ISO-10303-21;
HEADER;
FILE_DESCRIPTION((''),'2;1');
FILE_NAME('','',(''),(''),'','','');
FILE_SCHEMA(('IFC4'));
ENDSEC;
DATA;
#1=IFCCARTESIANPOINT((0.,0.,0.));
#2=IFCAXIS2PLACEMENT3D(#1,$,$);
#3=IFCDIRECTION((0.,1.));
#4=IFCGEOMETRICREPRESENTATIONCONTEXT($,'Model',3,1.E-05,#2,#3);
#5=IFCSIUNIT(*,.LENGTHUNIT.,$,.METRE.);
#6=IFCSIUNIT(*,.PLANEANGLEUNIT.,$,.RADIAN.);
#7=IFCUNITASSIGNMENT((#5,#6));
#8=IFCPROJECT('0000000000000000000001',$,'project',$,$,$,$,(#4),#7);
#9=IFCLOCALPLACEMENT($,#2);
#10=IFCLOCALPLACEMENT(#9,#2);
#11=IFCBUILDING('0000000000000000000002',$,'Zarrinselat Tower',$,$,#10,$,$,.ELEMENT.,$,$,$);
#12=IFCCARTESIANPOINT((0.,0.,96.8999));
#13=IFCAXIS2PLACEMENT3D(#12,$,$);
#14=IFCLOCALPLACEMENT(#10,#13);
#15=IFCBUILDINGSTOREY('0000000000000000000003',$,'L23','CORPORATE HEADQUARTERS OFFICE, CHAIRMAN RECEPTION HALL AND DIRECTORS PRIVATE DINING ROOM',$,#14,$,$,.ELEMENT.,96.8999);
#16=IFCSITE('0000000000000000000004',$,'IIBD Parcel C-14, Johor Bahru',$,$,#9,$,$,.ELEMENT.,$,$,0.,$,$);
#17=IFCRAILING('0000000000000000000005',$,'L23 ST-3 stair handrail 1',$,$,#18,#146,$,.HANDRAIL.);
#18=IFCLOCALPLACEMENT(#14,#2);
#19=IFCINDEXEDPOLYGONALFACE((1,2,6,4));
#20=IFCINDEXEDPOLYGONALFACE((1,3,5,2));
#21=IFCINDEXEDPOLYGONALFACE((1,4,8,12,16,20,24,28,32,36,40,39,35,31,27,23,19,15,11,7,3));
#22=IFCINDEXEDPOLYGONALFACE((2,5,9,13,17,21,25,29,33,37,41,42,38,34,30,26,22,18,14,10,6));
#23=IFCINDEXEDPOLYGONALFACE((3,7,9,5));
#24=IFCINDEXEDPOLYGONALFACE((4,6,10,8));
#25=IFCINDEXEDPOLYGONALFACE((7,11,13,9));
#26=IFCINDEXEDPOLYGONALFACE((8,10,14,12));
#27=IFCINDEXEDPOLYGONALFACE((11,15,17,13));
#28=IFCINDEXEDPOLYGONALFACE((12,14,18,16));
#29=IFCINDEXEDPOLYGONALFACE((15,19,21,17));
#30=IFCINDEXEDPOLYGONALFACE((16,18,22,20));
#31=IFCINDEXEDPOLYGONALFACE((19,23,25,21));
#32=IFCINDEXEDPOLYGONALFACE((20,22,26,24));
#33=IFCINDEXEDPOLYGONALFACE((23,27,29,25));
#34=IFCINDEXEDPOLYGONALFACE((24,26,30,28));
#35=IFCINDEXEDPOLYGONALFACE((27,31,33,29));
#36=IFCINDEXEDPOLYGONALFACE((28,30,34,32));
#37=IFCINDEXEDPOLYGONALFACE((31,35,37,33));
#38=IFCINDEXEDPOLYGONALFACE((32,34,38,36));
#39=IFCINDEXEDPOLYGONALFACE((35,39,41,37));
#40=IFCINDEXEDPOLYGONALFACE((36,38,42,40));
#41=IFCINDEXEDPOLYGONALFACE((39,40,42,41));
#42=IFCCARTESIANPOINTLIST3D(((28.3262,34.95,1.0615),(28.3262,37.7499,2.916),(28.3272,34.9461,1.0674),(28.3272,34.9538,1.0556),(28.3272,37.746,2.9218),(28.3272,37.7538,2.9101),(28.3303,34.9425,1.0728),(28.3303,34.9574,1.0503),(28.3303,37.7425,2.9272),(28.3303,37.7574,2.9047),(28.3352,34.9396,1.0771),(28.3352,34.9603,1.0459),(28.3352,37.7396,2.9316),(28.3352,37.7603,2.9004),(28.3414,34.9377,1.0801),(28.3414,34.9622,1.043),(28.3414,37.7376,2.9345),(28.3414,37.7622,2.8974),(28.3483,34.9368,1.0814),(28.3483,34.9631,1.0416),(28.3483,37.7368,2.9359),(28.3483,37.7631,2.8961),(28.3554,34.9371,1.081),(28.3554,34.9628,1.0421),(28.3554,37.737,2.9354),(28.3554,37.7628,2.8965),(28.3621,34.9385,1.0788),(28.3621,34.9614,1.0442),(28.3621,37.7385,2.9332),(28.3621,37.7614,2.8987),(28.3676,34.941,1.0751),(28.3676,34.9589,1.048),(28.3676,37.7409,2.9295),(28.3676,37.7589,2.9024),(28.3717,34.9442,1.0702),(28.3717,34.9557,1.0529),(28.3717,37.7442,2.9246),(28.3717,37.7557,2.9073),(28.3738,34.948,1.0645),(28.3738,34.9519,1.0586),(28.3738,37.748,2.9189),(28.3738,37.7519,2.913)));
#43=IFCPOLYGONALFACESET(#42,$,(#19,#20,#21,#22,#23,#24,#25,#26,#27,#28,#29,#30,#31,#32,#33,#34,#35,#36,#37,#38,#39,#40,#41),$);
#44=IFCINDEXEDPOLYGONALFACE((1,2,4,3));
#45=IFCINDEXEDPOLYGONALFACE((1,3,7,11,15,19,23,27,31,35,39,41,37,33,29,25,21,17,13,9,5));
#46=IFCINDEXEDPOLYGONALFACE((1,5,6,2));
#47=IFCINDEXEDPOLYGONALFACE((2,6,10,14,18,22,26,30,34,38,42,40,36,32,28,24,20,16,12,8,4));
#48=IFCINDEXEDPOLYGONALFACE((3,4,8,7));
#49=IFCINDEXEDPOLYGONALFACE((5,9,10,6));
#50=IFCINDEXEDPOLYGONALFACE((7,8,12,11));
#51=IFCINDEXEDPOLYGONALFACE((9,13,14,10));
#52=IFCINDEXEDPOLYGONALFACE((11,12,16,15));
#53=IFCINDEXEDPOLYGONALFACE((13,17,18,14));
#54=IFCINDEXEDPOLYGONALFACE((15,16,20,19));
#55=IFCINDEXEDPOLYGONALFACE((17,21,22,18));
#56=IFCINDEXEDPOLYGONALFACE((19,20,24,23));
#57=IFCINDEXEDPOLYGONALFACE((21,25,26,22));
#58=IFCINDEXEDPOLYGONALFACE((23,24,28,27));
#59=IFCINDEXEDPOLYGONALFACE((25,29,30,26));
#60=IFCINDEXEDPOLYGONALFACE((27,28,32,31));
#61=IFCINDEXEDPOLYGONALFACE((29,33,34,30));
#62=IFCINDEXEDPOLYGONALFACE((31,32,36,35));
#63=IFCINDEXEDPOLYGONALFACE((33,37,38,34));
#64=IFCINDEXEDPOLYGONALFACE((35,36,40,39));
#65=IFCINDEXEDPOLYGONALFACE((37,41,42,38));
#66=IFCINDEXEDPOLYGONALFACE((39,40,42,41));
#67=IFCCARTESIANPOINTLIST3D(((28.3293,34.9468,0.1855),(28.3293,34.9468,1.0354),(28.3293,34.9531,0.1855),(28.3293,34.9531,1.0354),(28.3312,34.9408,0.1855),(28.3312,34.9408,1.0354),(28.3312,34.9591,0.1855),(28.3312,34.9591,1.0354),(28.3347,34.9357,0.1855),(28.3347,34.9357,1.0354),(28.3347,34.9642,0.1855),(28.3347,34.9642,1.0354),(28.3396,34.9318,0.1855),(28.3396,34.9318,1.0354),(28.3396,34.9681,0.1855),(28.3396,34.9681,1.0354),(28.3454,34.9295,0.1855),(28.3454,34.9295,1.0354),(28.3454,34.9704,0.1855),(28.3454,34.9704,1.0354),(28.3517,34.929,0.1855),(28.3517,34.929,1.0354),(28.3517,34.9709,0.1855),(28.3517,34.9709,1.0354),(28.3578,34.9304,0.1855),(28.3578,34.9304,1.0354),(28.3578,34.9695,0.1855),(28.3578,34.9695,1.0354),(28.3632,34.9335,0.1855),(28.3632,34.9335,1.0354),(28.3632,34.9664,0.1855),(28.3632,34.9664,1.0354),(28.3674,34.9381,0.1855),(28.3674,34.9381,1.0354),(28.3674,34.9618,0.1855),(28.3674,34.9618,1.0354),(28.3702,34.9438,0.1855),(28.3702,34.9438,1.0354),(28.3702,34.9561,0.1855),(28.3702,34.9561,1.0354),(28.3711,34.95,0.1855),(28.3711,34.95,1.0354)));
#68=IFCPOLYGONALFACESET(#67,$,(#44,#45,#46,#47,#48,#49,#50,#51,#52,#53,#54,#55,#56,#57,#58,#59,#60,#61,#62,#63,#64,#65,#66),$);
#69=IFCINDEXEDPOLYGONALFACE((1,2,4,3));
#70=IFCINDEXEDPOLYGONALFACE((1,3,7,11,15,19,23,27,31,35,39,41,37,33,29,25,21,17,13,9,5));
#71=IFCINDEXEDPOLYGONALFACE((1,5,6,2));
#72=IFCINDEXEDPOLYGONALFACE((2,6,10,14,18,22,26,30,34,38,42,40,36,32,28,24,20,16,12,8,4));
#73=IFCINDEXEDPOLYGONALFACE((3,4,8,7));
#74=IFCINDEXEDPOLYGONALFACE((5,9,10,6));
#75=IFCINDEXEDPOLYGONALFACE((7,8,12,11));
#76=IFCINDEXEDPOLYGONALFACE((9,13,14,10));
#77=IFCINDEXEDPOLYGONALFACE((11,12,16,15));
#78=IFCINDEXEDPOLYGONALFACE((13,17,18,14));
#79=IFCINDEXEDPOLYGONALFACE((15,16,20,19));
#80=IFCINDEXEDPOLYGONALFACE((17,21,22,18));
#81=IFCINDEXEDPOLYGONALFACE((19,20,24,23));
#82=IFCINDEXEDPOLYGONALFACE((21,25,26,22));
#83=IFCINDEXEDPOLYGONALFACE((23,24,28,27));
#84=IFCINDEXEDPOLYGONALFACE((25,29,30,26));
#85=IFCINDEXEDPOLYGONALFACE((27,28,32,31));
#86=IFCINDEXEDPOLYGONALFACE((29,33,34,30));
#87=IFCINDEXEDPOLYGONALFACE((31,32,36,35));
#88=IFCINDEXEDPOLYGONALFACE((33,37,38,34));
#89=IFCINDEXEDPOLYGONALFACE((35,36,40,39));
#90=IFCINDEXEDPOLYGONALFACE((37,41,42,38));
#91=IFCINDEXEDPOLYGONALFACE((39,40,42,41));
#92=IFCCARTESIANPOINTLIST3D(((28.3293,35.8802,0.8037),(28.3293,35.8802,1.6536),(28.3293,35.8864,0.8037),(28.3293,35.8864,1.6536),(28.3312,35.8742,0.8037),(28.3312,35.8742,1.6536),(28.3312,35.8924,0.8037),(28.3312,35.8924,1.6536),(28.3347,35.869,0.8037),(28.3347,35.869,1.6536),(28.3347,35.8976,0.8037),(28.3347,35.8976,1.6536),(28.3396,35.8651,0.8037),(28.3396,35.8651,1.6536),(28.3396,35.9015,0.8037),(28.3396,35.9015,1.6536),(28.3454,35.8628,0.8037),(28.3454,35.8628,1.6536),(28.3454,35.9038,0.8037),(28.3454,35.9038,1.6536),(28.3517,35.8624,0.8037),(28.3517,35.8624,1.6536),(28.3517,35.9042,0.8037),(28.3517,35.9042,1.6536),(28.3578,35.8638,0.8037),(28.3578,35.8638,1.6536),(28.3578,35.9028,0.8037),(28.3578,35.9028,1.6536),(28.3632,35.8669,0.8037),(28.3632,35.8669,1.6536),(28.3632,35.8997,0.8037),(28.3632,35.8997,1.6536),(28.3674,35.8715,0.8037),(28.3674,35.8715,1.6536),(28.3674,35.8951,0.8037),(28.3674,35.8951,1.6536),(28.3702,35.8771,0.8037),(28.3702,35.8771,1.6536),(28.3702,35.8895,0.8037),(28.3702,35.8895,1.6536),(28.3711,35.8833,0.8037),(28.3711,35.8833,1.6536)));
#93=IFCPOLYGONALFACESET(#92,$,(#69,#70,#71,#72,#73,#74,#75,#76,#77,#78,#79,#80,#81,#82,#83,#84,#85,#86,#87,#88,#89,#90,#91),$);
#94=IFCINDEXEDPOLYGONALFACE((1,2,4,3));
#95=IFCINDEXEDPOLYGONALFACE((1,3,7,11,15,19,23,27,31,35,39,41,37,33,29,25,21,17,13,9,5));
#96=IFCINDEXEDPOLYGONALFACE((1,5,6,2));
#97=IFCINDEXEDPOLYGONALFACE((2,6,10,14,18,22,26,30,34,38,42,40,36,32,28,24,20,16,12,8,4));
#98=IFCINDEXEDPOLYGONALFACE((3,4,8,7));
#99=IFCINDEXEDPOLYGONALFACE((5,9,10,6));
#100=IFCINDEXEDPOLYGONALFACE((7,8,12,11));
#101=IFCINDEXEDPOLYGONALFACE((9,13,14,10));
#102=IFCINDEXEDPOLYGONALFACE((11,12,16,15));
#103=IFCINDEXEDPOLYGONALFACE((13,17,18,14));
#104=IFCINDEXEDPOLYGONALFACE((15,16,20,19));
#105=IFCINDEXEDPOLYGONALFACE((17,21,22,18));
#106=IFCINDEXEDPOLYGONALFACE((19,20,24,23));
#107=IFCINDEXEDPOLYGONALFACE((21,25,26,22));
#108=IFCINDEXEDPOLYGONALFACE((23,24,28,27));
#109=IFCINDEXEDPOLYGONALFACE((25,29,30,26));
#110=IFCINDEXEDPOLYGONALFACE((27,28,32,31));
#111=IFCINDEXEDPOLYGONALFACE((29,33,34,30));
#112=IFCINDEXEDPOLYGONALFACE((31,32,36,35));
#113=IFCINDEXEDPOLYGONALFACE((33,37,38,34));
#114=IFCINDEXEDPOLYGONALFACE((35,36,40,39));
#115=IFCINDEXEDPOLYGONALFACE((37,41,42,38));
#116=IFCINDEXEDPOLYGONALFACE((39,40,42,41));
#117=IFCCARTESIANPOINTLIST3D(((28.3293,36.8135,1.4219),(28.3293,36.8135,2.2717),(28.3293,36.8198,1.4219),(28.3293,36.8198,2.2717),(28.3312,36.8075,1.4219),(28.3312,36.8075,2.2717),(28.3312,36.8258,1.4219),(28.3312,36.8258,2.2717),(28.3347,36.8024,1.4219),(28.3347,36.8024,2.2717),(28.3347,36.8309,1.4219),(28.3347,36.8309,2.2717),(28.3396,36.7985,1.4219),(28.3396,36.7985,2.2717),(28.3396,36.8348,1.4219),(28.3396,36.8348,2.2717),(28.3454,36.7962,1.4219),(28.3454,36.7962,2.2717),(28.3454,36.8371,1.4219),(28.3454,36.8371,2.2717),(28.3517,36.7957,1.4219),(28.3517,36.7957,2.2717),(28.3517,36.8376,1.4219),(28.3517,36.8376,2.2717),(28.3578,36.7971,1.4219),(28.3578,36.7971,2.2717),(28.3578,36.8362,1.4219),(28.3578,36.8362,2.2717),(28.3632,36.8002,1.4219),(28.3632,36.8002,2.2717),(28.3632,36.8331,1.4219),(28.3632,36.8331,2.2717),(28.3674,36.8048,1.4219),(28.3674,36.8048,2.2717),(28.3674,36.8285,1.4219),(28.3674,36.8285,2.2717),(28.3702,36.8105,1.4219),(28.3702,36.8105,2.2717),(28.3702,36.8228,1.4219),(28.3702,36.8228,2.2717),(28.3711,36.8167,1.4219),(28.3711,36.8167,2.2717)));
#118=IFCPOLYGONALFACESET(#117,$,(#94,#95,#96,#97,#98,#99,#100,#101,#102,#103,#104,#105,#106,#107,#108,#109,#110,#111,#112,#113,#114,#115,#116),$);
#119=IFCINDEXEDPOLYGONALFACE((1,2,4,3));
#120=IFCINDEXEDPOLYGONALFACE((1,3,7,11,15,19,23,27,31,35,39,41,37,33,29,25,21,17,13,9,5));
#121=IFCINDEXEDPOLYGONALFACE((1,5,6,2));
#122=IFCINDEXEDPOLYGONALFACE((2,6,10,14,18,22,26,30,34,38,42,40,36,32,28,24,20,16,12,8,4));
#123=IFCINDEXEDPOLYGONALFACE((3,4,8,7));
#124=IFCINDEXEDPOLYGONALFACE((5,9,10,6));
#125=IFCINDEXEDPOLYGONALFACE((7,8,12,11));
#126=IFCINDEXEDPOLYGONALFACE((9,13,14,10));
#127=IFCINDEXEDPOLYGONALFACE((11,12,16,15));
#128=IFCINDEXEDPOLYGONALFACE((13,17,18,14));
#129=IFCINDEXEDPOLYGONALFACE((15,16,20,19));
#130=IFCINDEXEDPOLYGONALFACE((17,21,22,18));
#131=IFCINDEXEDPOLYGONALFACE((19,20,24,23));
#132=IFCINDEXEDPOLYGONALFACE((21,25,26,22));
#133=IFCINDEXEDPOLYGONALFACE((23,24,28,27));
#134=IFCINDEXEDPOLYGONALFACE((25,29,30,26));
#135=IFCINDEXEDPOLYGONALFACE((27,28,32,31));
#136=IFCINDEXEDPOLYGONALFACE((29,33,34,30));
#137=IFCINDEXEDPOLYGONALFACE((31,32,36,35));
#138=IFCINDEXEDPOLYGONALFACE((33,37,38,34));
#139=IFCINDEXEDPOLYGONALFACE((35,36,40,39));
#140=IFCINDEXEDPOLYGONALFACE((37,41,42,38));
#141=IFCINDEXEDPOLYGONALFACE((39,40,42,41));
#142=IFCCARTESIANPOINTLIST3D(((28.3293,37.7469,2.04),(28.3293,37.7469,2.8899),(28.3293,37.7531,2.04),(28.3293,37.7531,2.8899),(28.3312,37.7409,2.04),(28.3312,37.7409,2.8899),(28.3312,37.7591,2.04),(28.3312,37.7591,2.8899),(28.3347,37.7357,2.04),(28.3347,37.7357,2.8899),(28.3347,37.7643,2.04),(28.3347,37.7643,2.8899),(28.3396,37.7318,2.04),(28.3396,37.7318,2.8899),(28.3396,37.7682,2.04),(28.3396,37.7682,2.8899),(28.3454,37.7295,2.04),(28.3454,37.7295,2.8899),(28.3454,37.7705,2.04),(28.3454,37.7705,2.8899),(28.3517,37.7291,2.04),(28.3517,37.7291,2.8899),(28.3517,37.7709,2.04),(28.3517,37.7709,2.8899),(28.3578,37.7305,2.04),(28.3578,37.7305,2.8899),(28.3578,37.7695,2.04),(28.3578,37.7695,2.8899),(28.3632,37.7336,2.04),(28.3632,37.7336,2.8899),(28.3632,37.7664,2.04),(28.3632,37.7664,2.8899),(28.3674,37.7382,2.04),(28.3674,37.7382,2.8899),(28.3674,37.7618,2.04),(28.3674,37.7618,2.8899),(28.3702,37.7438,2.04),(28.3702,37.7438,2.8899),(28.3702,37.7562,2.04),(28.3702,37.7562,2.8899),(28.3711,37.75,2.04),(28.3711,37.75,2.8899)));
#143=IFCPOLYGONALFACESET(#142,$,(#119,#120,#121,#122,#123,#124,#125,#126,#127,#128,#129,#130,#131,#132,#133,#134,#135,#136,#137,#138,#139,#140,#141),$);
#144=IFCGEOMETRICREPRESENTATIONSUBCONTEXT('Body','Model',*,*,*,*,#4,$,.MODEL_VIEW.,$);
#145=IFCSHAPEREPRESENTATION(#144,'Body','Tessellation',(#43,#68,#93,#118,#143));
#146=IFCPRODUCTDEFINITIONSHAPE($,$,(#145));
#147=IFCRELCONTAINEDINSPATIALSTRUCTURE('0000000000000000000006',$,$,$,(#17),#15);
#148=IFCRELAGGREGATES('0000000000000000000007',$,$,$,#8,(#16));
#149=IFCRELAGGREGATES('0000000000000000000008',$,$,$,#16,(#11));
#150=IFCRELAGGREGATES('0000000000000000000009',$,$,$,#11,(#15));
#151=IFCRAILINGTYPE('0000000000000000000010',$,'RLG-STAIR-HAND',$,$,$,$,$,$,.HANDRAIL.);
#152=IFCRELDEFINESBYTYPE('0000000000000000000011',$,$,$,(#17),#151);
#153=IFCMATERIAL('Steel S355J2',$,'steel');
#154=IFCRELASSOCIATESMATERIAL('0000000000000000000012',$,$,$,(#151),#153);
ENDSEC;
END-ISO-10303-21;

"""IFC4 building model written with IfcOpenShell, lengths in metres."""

from ifc_helpers import new_model, si_unit, direction, frame, origin, origin_2d, place, context, subcontext, project, spatial, circle, extrude, material, type_object, element, save


model = new_model("IFC4")

# Units and contexts
model_context = context("Model", 3, precision=1e-05, world=origin(), true_north=direction((0.0, 1.0)))
body_context = subcontext(model_context, "Body", "Model", "MODEL_VIEW")
ifc_project = project(units=[si_unit("LENGTHUNIT", "METRE"), si_unit("PLANEANGLEUNIT", "RADIAN")], contexts=[model_context])

# Site, building, storey
site_placement = place(None, origin())
site = spatial("IfcSite", under=ifc_project, at=site_placement, Name="IIBD Parcel C-14, Johor Bahru", CompositionType="ELEMENT", RefElevation=0.0)
building_placement = place(site_placement, origin())
building = spatial("IfcBuilding", under=site, at=building_placement, Name="Zarrinselat Tower", CompositionType="ELEMENT")
storey_placement = place(building_placement, frame((0.0, 0.0, 96.8999)))
storey = spatial("IfcBuildingStorey", under=building, at=storey_placement, Name="L23", Description="CORPORATE HEADQUARTERS OFFICE, CHAIRMAN RECEPTION HALL AND DIRECTORS PRIVATE DINING ROOM", CompositionType="ELEMENT", Elevation=96.8999)

# Railing
ifc_material_1 = material(Name="Steel S355J2", Category="steel")
railing_type_1 = type_object("IfcRailingType", Name="RLG-STAIR-HAND", PredefinedType="HANDRAIL", material=ifc_material_1)
railing_1_placement = place(storey_placement, frame((28.3501, 34.95, 0.1855)))
element("IfcRailing", 1, at=railing_1_placement, inside=storey, type_object=railing_type_1, Name="L23 ST-3 stair handrail 1", PredefinedType="HANDRAIL", context=body_context, shape_type="SweptSolid", body=[
    extrude(circle(Radius=0.0239, at=origin_2d()), frame((0.0, 0.0, 0.876), z_axis=(0.0, 0.833724, 0.552181), x_axis=(-1.0, 0.0, 0.0)), (0.0, 0.0, 1.0), 3.3584),
    extrude(circle(Radius=0.021, at=origin_2d()), origin(), (0.0, 0.0, 1.0), 0.8499),
    extrude(circle(Radius=0.021, at=origin_2d()), frame((0.0, 0.9333, 0.6182)), (0.0, 0.0, 1.0), 0.8499),
    extrude(circle(Radius=0.021, at=origin_2d()), frame((0.0, 1.8667, 1.2363)), (0.0, 0.0, 1.0), 0.8499),
    extrude(circle(Radius=0.021, at=origin_2d()), frame((0.0, 2.8, 1.8545)), (0.0, 0.0, 1.0), 0.8499),
])

save(model, "model.ifc")
